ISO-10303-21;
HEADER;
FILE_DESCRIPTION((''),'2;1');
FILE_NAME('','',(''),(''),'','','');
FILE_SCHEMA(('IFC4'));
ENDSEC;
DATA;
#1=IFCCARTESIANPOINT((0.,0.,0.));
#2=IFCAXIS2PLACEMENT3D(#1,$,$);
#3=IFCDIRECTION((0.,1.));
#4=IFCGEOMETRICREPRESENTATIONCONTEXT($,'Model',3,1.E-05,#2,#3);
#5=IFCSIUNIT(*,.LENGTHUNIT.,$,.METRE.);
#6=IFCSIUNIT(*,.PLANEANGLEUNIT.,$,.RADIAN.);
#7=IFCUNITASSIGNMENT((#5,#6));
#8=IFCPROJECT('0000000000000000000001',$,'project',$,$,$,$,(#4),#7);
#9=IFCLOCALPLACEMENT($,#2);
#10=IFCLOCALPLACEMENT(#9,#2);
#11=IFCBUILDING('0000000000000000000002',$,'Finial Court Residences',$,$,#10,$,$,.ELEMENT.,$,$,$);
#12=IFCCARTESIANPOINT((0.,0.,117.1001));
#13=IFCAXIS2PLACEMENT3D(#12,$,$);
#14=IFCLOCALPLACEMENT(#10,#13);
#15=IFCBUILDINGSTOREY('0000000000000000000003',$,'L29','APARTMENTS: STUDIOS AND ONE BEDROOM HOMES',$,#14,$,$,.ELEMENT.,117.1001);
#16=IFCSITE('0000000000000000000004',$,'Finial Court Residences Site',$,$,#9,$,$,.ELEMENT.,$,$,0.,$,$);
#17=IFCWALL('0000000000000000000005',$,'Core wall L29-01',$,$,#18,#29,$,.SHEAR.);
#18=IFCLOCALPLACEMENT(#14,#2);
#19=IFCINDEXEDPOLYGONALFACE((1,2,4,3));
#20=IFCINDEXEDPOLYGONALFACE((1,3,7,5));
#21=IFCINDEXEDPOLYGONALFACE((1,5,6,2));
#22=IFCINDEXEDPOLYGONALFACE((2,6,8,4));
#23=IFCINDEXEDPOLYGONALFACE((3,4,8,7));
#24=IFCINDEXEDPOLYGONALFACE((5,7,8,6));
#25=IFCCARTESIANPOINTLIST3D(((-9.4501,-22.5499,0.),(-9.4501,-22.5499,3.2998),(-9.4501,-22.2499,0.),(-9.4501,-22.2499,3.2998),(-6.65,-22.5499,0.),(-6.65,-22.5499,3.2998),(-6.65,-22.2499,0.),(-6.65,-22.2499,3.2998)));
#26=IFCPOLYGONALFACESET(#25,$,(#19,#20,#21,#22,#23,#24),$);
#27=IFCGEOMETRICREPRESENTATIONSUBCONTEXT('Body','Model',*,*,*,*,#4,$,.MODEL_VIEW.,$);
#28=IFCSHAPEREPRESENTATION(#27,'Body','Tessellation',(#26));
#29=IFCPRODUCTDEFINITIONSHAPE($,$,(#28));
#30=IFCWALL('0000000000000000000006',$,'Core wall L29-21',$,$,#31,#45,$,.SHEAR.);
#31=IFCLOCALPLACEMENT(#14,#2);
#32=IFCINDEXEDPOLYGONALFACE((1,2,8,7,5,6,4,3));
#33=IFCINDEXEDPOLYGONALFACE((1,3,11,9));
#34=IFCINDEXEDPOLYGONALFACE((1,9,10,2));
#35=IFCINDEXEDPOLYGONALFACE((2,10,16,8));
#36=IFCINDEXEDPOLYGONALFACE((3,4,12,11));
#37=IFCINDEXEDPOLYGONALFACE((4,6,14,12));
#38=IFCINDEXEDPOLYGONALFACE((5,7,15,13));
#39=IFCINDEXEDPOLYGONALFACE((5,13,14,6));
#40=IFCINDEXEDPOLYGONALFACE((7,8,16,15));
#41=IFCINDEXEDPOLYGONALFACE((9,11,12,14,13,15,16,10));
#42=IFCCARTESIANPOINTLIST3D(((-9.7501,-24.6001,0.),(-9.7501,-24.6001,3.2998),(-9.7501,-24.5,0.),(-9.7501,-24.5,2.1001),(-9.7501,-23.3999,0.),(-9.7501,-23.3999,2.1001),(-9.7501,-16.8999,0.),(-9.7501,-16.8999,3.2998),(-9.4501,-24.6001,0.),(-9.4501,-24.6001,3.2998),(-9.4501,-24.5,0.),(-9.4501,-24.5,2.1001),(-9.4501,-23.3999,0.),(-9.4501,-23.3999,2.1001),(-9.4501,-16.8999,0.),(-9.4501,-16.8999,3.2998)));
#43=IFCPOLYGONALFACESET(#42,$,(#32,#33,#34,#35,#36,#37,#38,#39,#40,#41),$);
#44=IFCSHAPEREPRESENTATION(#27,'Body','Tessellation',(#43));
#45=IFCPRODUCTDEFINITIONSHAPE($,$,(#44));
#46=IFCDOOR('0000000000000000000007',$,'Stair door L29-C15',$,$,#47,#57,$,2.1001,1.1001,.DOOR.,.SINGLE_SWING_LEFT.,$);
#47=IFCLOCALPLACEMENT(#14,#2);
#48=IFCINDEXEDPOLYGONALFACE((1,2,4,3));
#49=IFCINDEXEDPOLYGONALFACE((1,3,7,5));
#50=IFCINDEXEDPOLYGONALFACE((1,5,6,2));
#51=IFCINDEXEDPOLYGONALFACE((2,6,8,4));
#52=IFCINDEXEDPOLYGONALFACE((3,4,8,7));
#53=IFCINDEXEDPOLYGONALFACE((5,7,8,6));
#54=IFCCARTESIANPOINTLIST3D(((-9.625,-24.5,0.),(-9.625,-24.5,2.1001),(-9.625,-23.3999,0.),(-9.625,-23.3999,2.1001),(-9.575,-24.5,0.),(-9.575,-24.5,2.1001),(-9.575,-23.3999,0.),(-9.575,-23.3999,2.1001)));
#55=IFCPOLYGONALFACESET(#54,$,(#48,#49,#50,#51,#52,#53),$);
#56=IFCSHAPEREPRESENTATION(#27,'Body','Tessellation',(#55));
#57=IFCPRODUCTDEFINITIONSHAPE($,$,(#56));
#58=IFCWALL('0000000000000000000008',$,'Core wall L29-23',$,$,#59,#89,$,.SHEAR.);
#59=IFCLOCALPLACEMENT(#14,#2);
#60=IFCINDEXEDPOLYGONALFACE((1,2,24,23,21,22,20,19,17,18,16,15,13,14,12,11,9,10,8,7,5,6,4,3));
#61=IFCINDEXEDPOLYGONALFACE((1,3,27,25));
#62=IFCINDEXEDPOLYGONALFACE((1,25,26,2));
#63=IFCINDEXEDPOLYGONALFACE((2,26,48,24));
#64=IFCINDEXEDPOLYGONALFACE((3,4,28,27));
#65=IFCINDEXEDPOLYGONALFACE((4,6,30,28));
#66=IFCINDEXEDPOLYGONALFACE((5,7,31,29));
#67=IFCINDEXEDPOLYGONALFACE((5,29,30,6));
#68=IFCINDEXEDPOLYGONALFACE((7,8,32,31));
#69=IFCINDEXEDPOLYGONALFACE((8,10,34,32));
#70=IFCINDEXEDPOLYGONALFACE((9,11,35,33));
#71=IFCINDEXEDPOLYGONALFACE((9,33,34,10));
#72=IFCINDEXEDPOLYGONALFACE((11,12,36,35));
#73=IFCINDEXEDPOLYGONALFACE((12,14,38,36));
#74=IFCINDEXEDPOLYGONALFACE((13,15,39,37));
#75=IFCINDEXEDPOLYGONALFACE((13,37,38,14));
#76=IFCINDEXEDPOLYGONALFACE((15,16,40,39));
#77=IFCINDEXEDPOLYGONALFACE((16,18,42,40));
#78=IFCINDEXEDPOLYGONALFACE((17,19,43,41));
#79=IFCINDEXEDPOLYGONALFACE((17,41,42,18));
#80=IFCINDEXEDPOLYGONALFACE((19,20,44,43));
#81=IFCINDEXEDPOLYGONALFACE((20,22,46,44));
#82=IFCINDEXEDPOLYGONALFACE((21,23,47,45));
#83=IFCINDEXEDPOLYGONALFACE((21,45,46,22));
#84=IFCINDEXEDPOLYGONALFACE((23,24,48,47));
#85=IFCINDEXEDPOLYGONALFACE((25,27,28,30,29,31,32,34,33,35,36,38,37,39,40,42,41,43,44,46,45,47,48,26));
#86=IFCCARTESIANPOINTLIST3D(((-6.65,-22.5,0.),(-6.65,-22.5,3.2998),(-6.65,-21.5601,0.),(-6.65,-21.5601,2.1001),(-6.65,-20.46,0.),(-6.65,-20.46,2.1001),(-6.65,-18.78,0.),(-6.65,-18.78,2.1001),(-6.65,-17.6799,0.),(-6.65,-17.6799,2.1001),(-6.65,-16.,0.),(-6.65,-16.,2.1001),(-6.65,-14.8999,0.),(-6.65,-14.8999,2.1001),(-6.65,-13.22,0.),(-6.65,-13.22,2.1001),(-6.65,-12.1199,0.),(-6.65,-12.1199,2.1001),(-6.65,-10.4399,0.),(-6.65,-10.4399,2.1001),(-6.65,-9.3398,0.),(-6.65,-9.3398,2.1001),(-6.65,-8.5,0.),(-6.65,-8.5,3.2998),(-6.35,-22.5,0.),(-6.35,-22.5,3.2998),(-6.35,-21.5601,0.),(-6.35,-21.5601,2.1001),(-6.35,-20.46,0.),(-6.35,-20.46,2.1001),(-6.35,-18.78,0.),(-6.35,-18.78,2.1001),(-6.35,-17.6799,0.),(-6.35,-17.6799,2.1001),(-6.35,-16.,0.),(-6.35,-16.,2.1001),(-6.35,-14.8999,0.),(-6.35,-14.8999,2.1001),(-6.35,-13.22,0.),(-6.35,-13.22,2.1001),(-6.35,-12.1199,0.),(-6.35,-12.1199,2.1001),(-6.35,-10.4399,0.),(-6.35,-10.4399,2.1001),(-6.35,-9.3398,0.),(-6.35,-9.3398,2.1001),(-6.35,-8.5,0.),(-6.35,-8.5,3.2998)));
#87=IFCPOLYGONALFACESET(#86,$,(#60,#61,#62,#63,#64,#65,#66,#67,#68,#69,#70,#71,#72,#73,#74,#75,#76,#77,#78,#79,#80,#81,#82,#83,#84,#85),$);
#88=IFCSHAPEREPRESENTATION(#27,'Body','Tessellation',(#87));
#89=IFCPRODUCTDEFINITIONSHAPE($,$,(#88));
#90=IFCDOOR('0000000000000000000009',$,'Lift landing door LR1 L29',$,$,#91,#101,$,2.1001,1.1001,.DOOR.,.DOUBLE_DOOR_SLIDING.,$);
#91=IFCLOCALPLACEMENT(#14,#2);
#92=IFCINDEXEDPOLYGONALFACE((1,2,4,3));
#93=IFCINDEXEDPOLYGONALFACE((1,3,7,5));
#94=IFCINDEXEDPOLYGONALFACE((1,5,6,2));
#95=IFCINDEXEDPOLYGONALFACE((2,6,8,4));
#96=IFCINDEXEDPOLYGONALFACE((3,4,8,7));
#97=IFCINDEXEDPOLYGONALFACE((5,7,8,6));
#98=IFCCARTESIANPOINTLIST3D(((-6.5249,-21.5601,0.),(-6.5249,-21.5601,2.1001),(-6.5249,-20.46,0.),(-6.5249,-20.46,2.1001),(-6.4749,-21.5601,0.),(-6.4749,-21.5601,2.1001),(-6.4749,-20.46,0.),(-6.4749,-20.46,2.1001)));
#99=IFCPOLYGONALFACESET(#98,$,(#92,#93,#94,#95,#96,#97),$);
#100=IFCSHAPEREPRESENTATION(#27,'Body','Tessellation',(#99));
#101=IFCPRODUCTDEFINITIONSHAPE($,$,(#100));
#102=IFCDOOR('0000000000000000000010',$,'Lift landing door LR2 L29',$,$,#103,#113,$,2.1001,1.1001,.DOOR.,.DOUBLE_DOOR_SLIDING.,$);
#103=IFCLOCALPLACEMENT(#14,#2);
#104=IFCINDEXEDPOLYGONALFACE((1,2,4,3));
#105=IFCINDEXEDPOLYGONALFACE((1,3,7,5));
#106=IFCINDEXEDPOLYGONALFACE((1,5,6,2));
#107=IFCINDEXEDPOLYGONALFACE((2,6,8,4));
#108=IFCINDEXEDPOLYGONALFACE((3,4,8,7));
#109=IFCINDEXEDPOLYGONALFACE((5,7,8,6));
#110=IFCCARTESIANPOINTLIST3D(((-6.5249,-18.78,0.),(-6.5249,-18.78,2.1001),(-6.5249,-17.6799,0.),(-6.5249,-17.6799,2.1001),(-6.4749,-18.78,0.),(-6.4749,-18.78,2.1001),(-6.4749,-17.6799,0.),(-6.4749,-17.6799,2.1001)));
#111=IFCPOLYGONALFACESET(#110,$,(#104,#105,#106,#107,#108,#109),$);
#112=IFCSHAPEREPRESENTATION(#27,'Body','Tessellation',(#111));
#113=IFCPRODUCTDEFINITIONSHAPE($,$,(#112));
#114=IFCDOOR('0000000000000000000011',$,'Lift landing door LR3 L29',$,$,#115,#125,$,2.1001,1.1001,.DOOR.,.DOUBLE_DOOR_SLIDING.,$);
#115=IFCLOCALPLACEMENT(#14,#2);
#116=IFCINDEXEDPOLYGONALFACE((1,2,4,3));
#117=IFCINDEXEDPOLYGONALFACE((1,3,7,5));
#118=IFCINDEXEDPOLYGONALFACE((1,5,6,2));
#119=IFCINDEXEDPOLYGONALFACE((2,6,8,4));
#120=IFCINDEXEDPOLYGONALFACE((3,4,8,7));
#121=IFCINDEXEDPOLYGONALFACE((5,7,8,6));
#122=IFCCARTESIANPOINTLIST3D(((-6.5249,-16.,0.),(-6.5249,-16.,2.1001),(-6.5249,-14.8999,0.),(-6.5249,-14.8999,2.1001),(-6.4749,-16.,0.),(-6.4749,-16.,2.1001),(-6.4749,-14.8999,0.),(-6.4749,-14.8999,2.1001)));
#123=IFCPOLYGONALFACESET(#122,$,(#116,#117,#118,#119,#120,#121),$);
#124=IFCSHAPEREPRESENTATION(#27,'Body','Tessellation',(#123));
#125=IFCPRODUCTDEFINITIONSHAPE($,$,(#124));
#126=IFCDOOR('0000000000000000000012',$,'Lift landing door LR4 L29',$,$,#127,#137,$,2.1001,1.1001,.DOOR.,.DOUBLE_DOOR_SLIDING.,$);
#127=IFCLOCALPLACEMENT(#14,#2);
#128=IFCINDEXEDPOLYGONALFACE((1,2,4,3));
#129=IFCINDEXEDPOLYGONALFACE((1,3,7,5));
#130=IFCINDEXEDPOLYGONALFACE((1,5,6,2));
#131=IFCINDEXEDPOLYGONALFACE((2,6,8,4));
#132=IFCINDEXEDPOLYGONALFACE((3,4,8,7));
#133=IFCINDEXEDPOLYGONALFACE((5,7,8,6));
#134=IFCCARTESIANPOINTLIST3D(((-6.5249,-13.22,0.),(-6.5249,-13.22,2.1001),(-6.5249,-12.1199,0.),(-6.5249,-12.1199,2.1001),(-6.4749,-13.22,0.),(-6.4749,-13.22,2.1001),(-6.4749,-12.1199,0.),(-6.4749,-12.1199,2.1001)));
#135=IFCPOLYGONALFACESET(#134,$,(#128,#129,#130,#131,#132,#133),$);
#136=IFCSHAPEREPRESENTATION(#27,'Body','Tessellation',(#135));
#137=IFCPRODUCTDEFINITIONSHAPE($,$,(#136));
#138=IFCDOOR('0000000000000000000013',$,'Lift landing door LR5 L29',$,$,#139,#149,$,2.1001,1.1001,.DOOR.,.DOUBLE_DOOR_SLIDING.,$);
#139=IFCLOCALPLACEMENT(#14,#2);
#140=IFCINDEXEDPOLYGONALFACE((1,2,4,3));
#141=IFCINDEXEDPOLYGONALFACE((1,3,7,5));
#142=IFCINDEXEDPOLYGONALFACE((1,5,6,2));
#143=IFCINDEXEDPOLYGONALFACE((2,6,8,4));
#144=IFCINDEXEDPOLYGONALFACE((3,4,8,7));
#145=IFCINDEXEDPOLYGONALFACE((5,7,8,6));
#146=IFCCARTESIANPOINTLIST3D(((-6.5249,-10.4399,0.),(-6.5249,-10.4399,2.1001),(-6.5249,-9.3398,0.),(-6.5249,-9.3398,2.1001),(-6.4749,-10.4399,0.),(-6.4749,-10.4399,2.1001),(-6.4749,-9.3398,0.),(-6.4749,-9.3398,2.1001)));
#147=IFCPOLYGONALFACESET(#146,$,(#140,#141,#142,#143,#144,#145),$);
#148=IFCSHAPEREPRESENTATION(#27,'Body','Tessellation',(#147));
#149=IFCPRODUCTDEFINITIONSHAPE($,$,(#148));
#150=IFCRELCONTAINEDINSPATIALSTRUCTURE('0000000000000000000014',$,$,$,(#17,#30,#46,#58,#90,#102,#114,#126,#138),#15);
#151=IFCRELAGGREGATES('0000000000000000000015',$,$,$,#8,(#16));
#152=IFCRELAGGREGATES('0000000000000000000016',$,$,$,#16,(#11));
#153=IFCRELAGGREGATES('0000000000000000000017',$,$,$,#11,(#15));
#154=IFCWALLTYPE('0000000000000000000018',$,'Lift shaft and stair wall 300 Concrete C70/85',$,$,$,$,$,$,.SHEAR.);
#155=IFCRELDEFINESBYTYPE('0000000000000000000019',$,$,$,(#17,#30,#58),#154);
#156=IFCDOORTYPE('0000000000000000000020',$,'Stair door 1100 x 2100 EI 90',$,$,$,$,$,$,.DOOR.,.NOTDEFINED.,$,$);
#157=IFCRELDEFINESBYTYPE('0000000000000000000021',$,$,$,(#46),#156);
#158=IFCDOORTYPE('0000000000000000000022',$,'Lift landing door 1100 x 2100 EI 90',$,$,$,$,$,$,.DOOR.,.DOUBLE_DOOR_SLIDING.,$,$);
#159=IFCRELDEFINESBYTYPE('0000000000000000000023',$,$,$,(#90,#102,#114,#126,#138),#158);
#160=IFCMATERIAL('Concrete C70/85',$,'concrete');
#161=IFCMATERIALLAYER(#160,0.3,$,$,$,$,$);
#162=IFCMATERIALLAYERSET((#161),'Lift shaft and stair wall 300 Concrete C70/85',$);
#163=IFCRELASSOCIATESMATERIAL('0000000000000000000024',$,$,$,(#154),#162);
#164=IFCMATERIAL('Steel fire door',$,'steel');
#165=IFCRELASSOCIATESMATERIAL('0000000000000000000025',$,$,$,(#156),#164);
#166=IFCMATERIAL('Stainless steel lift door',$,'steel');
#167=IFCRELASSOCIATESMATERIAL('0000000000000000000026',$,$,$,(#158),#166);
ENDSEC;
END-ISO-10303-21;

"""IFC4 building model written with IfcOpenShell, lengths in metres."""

from ifc_helpers import new_model, si_unit, direction, frame, frame_2d, origin, place, context, subcontext, project, spatial, rectangle, extrude, material, layer, layer_set, type_object, element, fill, save


model = new_model("IFC4")

# Units and contexts
model_context = context("Model", 3, precision=1e-05, world=origin(), true_north=direction((0.0, 1.0)))
body_context = subcontext(model_context, "Body", "Model", "MODEL_VIEW")
ifc_project = project(units=[si_unit("LENGTHUNIT", "METRE"), si_unit("PLANEANGLEUNIT", "RADIAN")], contexts=[model_context])

# Site, building, storey
site_placement = place(None, origin())
site = spatial("IfcSite", under=ifc_project, at=site_placement, Name="Finial Court Residences Site", CompositionType="ELEMENT", RefElevation=0.0)
building_placement = place(site_placement, origin())
building = spatial("IfcBuilding", under=site, at=building_placement, Name="Finial Court Residences", CompositionType="ELEMENT")
storey_placement = place(building_placement, frame((0.0, 0.0, 117.1001)))
storey = spatial("IfcBuildingStorey", under=building, at=storey_placement, Name="L29", Description="APARTMENTS: STUDIOS AND ONE BEDROOM HOMES", CompositionType="ELEMENT", Elevation=117.1001)

# Wall
ifc_material_1 = material(Name="Concrete C70/85", Category="concrete")
ifc_layer_1 = layer(ifc_material_1, 0.3)
ifc_layer_set_1 = layer_set([ifc_layer_1], Name="Lift shaft and stair wall 300 Concrete C70/85")
wall_type_1 = type_object("IfcWallType", Name="Lift shaft and stair wall 300 Concrete C70/85", PredefinedType="SHEAR", material=ifc_layer_set_1)
wall_1_placement = place(storey_placement, frame((-9.45, -22.3999, 0.0), z_axis=(0.0, 0.0, 1.0), x_axis=(1.0, 0.0, 0.0)))
element("IfcWall", 1, at=wall_1_placement, inside=storey, type_object=wall_type_1, Name="Core wall L29-01", PredefinedType="SHEAR", context=body_context, shape_type="SweptSolid", body=[
    extrude(rectangle(XDim=2.8, YDim=0.3, at=frame_2d((1.3999, 0.0))), origin(), (0.0, 0.0, 1.0), 3.2998),
])

# Wall, opening, door
wall_2_placement = place(storey_placement, frame((-9.6001, -24.6001, 0.0), z_axis=(0.0, 0.0, 1.0), x_axis=(0.0, 1.0, 0.0)))
wall_2 = element("IfcWall", 2, at=wall_2_placement, inside=storey, type_object=wall_type_1, Name="Core wall L29-21", PredefinedType="SHEAR", context=body_context, shape_type="SweptSolid", body=[
    extrude(rectangle(XDim=7.7002, YDim=0.3, at=frame_2d((3.8501, 0.0))), origin(), (0.0, 0.0, 1.0), 3.2998),
])
opening_1_placement = place(wall_2_placement, frame((0.1001, 0.0, 0.0)))
opening_1 = element("IfcOpeningElement", 3, at=opening_1_placement, cuts=wall_2, PredefinedType="OPENING", context=body_context, shape_type="SweptSolid", body=[
    extrude(rectangle(XDim=1.1001, YDim=2.1001, at=frame_2d((0.55, 1.05))), frame((0.0, 0.1599, 0.0), z_axis=(0.0, -1.0, 0.0), x_axis=(1.0, 0.0, 0.0)), (0.0, 0.0, 1.0), 0.3201),
])
ifc_material_2 = material(Name="Steel fire door", Category="steel")
door_type_1 = type_object("IfcDoorType", Name="Stair door 1100 x 2100 EI 90", OperationType="NOTDEFINED", PredefinedType="DOOR", material=ifc_material_2)
door_1_placement = place(opening_1_placement, origin())
door_1 = element("IfcDoor", 4, at=door_1_placement, inside=storey, type_object=door_type_1, Name="Stair door L29-C15", OperationType="SINGLE_SWING_LEFT", OverallHeight=2.1001, OverallWidth=1.1001, PredefinedType="DOOR", context=body_context, shape_type="SweptSolid", body=[
    extrude(rectangle(XDim=1.1001, YDim=2.1001, at=frame_2d((0.55, 1.05))), frame((0.0, 0.0249, 0.0), z_axis=(0.0, -1.0, 0.0), x_axis=(1.0, 0.0, 0.0)), (0.0, 0.0, 1.0), 0.05),
])
fill(opening_1, door_1)

# Wall, openings, doors
wall_3_placement = place(storey_placement, frame((-6.5, -22.5, 0.0), z_axis=(0.0, 0.0, 1.0), x_axis=(0.0, 1.0, 0.0)))
wall_3 = element("IfcWall", 5, at=wall_3_placement, inside=storey, type_object=wall_type_1, Name="Core wall L29-23", PredefinedType="SHEAR", context=body_context, shape_type="SweptSolid", body=[
    extrude(rectangle(XDim=14.0, YDim=0.3, at=frame_2d((7.0, 0.0))), origin(), (0.0, 0.0, 1.0), 3.2998),
])
opening_2_placement = place(wall_3_placement, frame((0.9399, 0.0, 0.0)))
opening_2 = element("IfcOpeningElement", 6, at=opening_2_placement, cuts=wall_3, PredefinedType="OPENING", context=body_context, shape_type="SweptSolid", body=[
    extrude(rectangle(XDim=1.1001, YDim=2.1001, at=frame_2d((0.55, 1.05))), frame((0.0, 0.1599, 0.0), z_axis=(0.0, -1.0, 0.0), x_axis=(1.0, 0.0, 0.0)), (0.0, 0.0, 1.0), 0.3201),
])
opening_3_placement = place(wall_3_placement, frame((3.72, 0.0, 0.0)))
opening_3 = element("IfcOpeningElement", 7, at=opening_3_placement, cuts=wall_3, PredefinedType="OPENING", context=body_context, shape_type="SweptSolid", body=[
    extrude(rectangle(XDim=1.1001, YDim=2.1001, at=frame_2d((0.55, 1.05))), frame((0.0, 0.1599, 0.0), z_axis=(0.0, -1.0, 0.0), x_axis=(1.0, 0.0, 0.0)), (0.0, 0.0, 1.0), 0.3201),
])
opening_4_placement = place(wall_3_placement, frame((6.5, 0.0, 0.0)))
opening_4 = element("IfcOpeningElement", 8, at=opening_4_placement, cuts=wall_3, PredefinedType="OPENING", context=body_context, shape_type="SweptSolid", body=[
    extrude(rectangle(XDim=1.1001, YDim=2.1001, at=frame_2d((0.55, 1.05))), frame((0.0, 0.1599, 0.0), z_axis=(0.0, -1.0, 0.0), x_axis=(1.0, 0.0, 0.0)), (0.0, 0.0, 1.0), 0.3201),
])
opening_5_placement = place(wall_3_placement, frame((9.28, 0.0, 0.0)))
opening_5 = element("IfcOpeningElement", 9, at=opening_5_placement, cuts=wall_3, PredefinedType="OPENING", context=body_context, shape_type="SweptSolid", body=[
    extrude(rectangle(XDim=1.1001, YDim=2.1001, at=frame_2d((0.55, 1.05))), frame((0.0, 0.1599, 0.0), z_axis=(0.0, -1.0, 0.0), x_axis=(1.0, 0.0, 0.0)), (0.0, 0.0, 1.0), 0.3201),
])
opening_6_placement = place(wall_3_placement, frame((12.0601, 0.0, 0.0)))
opening_6 = element("IfcOpeningElement", 10, at=opening_6_placement, cuts=wall_3, PredefinedType="OPENING", context=body_context, shape_type="SweptSolid", body=[
    extrude(rectangle(XDim=1.1001, YDim=2.1001, at=frame_2d((0.55, 1.05))), frame((0.0, 0.1599, 0.0), z_axis=(0.0, -1.0, 0.0), x_axis=(1.0, 0.0, 0.0)), (0.0, 0.0, 1.0), 0.3201),
])
ifc_material_3 = material(Name="Stainless steel lift door", Category="steel")
door_type_2 = type_object("IfcDoorType", Name="Lift landing door 1100 x 2100 EI 90", OperationType="DOUBLE_DOOR_SLIDING", PredefinedType="DOOR", material=ifc_material_3)
door_2_placement = place(opening_2_placement, origin())
door_2 = element("IfcDoor", 11, at=door_2_placement, inside=storey, type_object=door_type_2, Name="Lift landing door LR1 L29", OperationType="DOUBLE_DOOR_SLIDING", OverallHeight=2.1001, OverallWidth=1.1001, PredefinedType="DOOR", context=body_context, shape_type="SweptSolid", body=[
    extrude(rectangle(XDim=1.1001, YDim=2.1001, at=frame_2d((0.55, 1.05))), frame((0.0, 0.0249, 0.0), z_axis=(0.0, -1.0, 0.0), x_axis=(1.0, 0.0, 0.0)), (0.0, 0.0, 1.0), 0.05),
])
fill(opening_2, door_2)
door_3_placement = place(opening_3_placement, origin())
door_3 = element("IfcDoor", 12, at=door_3_placement, inside=storey, type_object=door_type_2, Name="Lift landing door LR2 L29", OperationType="DOUBLE_DOOR_SLIDING", OverallHeight=2.1001, OverallWidth=1.1001, PredefinedType="DOOR", context=body_context, shape_type="SweptSolid", body=[
    extrude(rectangle(XDim=1.1001, YDim=2.1001, at=frame_2d((0.55, 1.05))), frame((0.0, 0.0249, 0.0), z_axis=(0.0, -1.0, 0.0), x_axis=(1.0, 0.0, 0.0)), (0.0, 0.0, 1.0), 0.05),
])
fill(opening_3, door_3)
door_4_placement = place(opening_4_placement, origin())
door_4 = element("IfcDoor", 13, at=door_4_placement, inside=storey, type_object=door_type_2, Name="Lift landing door LR3 L29", OperationType="DOUBLE_DOOR_SLIDING", OverallHeight=2.1001, OverallWidth=1.1001, PredefinedType="DOOR", context=body_context, shape_type="SweptSolid", body=[
    extrude(rectangle(XDim=1.1001, YDim=2.1001, at=frame_2d((0.55, 1.05))), frame((0.0, 0.0249, 0.0), z_axis=(0.0, -1.0, 0.0), x_axis=(1.0, 0.0, 0.0)), (0.0, 0.0, 1.0), 0.05),
])
fill(opening_4, door_4)
door_5_placement = place(opening_5_placement, origin())
door_5 = element("IfcDoor", 14, at=door_5_placement, inside=storey, type_object=door_type_2, Name="Lift landing door LR4 L29", OperationType="DOUBLE_DOOR_SLIDING", OverallHeight=2.1001, OverallWidth=1.1001, PredefinedType="DOOR", context=body_context, shape_type="SweptSolid", body=[
    extrude(rectangle(XDim=1.1001, YDim=2.1001, at=frame_2d((0.55, 1.05))), frame((0.0, 0.0249, 0.0), z_axis=(0.0, -1.0, 0.0), x_axis=(1.0, 0.0, 0.0)), (0.0, 0.0, 1.0), 0.05),
])
fill(opening_5, door_5)
door_6_placement = place(opening_6_placement, origin())
door_6 = element("IfcDoor", 15, at=door_6_placement, inside=storey, type_object=door_type_2, Name="Lift landing door LR5 L29", OperationType="DOUBLE_DOOR_SLIDING", OverallHeight=2.1001, OverallWidth=1.1001, PredefinedType="DOOR", context=body_context, shape_type="SweptSolid", body=[
    extrude(rectangle(XDim=1.1001, YDim=2.1001, at=frame_2d((0.55, 1.05))), frame((0.0, 0.0249, 0.0), z_axis=(0.0, -1.0, 0.0), x_axis=(1.0, 0.0, 0.0)), (0.0, 0.0, 1.0), 0.05),
])
fill(opening_6, door_6)

save(model, "model.ifc")
